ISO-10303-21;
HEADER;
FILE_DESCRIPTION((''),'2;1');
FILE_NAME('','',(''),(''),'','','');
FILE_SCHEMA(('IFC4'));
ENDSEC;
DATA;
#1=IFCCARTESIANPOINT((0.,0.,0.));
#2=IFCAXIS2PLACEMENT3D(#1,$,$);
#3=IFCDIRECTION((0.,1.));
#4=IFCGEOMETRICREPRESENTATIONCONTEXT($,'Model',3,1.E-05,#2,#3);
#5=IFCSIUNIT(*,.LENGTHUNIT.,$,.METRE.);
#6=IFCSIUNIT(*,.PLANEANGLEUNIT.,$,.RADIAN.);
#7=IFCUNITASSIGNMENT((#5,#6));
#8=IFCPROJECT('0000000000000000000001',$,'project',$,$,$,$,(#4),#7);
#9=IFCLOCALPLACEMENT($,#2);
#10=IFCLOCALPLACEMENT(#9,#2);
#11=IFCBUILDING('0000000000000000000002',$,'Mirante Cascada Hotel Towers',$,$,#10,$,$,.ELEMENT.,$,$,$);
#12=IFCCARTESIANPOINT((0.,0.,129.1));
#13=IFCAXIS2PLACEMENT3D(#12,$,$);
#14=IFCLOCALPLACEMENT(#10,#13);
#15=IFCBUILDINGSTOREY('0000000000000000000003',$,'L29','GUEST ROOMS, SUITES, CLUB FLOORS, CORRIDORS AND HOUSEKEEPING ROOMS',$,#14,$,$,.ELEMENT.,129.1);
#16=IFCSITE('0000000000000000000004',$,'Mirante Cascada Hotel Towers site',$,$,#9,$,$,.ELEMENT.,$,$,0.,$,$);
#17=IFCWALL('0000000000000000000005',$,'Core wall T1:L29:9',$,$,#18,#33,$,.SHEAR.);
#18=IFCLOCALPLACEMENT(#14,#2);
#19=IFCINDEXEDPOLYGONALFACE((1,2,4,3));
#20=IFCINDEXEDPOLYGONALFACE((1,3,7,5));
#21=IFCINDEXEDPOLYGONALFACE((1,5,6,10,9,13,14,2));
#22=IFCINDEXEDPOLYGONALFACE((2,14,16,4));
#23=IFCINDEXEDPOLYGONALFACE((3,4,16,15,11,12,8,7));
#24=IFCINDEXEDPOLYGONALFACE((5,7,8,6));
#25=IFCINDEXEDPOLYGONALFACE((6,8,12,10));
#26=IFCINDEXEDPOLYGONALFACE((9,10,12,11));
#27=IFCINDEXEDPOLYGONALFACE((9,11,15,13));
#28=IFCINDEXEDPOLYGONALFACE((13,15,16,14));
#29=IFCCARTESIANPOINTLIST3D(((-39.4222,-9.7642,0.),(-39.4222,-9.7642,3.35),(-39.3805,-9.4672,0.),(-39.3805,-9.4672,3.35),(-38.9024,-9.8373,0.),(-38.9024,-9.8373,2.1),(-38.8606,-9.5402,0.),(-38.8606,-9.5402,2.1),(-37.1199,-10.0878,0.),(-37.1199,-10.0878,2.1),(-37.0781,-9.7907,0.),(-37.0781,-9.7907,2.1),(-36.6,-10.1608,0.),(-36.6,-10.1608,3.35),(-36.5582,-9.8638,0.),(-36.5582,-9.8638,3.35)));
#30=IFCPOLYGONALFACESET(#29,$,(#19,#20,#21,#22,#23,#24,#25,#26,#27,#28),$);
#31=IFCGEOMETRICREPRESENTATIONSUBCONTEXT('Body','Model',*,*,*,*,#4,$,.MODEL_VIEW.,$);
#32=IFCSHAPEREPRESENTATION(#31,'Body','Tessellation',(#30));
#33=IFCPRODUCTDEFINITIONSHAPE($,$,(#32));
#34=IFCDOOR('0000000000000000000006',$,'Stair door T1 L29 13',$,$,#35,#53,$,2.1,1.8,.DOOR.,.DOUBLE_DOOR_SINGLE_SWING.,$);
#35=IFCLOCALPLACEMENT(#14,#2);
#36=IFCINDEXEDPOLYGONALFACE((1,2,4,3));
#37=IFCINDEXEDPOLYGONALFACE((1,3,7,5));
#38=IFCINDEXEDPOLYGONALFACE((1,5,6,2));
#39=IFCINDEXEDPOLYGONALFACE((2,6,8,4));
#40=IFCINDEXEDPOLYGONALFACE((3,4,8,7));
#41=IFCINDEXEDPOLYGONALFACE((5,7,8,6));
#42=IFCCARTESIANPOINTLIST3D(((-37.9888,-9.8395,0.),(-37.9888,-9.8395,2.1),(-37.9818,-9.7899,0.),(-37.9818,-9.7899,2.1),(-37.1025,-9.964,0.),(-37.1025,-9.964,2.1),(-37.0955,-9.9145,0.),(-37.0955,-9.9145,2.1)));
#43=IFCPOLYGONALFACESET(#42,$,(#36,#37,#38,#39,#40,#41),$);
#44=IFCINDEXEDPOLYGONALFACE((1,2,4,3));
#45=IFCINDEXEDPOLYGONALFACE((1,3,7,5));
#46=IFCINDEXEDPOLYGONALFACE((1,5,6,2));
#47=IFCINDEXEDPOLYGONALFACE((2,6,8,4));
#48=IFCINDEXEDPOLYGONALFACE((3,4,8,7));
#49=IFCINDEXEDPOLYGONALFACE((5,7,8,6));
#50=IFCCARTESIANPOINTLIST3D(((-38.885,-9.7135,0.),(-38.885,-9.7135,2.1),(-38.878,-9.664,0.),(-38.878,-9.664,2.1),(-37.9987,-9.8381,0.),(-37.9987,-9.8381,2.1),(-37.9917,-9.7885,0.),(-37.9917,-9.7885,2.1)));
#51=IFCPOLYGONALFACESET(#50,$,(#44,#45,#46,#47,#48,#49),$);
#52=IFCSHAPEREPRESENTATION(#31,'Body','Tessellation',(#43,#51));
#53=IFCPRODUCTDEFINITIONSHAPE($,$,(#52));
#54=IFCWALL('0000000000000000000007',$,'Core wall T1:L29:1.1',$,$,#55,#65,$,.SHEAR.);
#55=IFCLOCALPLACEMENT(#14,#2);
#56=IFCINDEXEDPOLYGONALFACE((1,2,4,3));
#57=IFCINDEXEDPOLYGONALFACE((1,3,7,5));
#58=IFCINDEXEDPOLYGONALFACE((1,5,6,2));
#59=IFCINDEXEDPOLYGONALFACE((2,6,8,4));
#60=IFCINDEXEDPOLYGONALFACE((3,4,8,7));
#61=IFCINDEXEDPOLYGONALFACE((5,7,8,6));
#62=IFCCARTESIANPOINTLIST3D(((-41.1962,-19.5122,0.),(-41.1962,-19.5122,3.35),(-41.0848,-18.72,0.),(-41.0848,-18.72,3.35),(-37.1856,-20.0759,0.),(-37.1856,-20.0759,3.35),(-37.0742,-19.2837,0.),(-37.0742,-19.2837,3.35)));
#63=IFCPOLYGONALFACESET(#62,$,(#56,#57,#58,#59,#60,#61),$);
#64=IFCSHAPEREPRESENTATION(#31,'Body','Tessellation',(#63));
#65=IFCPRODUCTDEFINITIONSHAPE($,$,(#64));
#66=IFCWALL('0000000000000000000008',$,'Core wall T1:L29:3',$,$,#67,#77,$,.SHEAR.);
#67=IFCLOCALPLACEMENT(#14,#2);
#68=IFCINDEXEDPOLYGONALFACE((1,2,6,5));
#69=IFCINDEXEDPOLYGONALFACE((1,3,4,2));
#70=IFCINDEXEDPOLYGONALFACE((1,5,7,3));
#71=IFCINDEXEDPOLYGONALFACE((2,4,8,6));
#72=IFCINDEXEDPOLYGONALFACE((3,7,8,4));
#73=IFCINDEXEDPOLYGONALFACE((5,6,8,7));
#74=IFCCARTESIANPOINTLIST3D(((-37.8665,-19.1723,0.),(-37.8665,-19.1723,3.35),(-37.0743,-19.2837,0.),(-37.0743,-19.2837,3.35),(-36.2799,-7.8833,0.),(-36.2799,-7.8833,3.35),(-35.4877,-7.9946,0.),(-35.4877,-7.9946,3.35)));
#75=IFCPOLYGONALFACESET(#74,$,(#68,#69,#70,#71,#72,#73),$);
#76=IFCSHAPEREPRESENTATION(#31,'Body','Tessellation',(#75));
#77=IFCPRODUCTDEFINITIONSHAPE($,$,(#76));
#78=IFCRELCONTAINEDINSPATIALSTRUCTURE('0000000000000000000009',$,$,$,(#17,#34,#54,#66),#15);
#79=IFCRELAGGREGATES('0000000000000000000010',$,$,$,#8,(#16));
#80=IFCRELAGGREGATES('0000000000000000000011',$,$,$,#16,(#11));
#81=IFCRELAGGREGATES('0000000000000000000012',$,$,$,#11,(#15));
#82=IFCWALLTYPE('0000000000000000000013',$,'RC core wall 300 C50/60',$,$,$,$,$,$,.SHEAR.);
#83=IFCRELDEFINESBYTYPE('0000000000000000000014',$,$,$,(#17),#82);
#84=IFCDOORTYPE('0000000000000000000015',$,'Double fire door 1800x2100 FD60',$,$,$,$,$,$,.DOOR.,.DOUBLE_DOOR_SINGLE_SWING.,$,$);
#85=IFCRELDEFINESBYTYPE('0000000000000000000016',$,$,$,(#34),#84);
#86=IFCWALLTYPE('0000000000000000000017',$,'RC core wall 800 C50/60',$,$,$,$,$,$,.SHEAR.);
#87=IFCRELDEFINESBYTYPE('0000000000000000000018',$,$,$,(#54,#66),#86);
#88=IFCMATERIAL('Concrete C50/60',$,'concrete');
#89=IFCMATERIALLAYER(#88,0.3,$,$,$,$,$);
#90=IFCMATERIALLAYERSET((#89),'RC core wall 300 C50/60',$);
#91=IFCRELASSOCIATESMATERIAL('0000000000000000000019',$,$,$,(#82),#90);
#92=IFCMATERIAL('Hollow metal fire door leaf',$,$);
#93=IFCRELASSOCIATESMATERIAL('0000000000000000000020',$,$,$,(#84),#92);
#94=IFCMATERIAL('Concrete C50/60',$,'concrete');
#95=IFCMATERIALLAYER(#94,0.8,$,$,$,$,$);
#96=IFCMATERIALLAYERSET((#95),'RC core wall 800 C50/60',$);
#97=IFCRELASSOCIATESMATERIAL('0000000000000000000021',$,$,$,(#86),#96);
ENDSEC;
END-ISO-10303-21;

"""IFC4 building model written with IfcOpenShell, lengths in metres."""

from ifc_helpers import new_model, si_unit, direction, frame, frame_2d, origin, place, context, subcontext, project, spatial, rectangle, extrude, material, layer, layer_set, type_object, element, fill, save


model = new_model("IFC4")

# Units and contexts
model_context = context("Model", 3, precision=1e-05, world=origin(), true_north=direction((0.0, 1.0)))
body_context = subcontext(model_context, "Body", "Model", "MODEL_VIEW")
ifc_project = project(units=[si_unit("LENGTHUNIT", "METRE"), si_unit("PLANEANGLEUNIT", "RADIAN")], contexts=[model_context])

# Site, building, storey
site_placement = place(None, origin())
site = spatial("IfcSite", under=ifc_project, at=site_placement, Name="Mirante Cascada Hotel Towers site", CompositionType="ELEMENT", RefElevation=0.0)
building_placement = place(site_placement, origin())
building = spatial("IfcBuilding", under=site, at=building_placement, Name="Mirante Cascada Hotel Towers", CompositionType="ELEMENT")
storey_placement = place(building_placement, frame((0.0, 0.0, 129.1)))
storey = spatial("IfcBuildingStorey", under=building, at=storey_placement, Name="L29", Description="GUEST ROOMS, SUITES, CLUB FLOORS, CORRIDORS AND HOUSEKEEPING ROOMS", CompositionType="ELEMENT", Elevation=129.1)

# Wall, opening, door
ifc_material_1 = material(Name="Concrete C50/60", Category="concrete")
ifc_layer_1 = layer(ifc_material_1, 0.3)
ifc_layer_set_1 = layer_set([ifc_layer_1], Name="RC core wall 300 C50/60")
wall_type_1 = type_object("IfcWallType", Name="RC core wall 300 C50/60", PredefinedType="SHEAR", material=ifc_layer_set_1)
wall_1_placement = place(storey_placement, frame((-36.5791, -10.0123, 0.0), z_axis=(0.0, 0.0, 1.0), x_axis=(-0.99027, 0.139156, 0.0)))
wall_1 = element("IfcWall", 1, at=wall_1_placement, inside=storey, type_object=wall_type_1, Name="Core wall T1:L29:9", PredefinedType="SHEAR", context=body_context, shape_type="SweptSolid", body=[
    extrude(rectangle(XDim=2.85, YDim=0.3, at=frame_2d((1.425, 0.0))), origin(), (0.0, 0.0, 1.0), 3.35),
])
opening_1_placement = place(wall_1_placement, frame((0.525, 0.0, 0.0)))
opening_1 = element("IfcOpeningElement", 2, at=opening_1_placement, cuts=wall_1, PredefinedType="OPENING", context=body_context, shape_type="SweptSolid", body=[
    extrude(rectangle(XDim=1.8, YDim=2.1, at=frame_2d((0.9, 1.05))), frame((0.0, 0.15, 0.0), z_axis=(0.0, -1.0, 0.0), x_axis=(1.0, 0.0, 0.0)), (0.0, 0.0, 1.0), 0.3),
])
ifc_material_2 = material(Name="Hollow metal fire door leaf")
door_type_1 = type_object("IfcDoorType", Name="Double fire door 1800x2100 FD60", OperationType="DOUBLE_DOOR_SINGLE_SWING", PredefinedType="DOOR", material=ifc_material_2)
door_1_placement = place(opening_1_placement, origin())
door_1 = element("IfcDoor", 3, at=door_1_placement, inside=storey, type_object=door_type_1, Name="Stair door T1 L29 13", OperationType="DOUBLE_DOOR_SINGLE_SWING", OverallHeight=2.1, OverallWidth=1.8, PredefinedType="DOOR", context=body_context, shape_type="SweptSolid", body=[
    extrude(rectangle(XDim=0.895, YDim=2.1, at=frame_2d((0.4475, 1.05))), frame((0.0, 0.025, 0.0), z_axis=(0.0, -1.0, 0.0), x_axis=(1.0, 0.0, 0.0)), (0.0, 0.0, 1.0), 0.05),
    extrude(rectangle(XDim=0.895, YDim=2.1, at=frame_2d((1.3525, 1.05))), frame((0.0, 0.025, 0.0), z_axis=(0.0, -1.0, 0.0), x_axis=(1.0, 0.0, 0.0)), (0.0, 0.0, 1.0), 0.05),
])
fill(opening_1, door_1)

# Wall
ifc_material_3 = material(Name="Concrete C50/60", Category="concrete")
ifc_layer_2 = layer(ifc_material_3, 0.8)
ifc_layer_set_2 = layer_set([ifc_layer_2], Name="RC core wall 800 C50/60")
wall_type_2 = type_object("IfcWallType", Name="RC core wall 800 C50/60", PredefinedType="SHEAR", material=ifc_layer_set_2)
wall_2_placement = place(storey_placement, frame((-37.1299, -19.6798, 0.0), z_axis=(0.0, 0.0, 1.0), x_axis=(-0.990267, 0.139184, 0.0)))
element("IfcWall", 4, at=wall_2_placement, inside=storey, type_object=wall_type_2, Name="Core wall T1:L29:1.1", PredefinedType="SHEAR", context=body_context, shape_type="SweptSolid", body=[
    extrude(rectangle(XDim=4.05, YDim=0.8, at=frame_2d((2.025, 0.0))), origin(), (0.0, 0.0, 1.0), 3.35),
])

# Wall
wall_3_placement = place(storey_placement, frame((-37.4704, -19.228, 0.0), z_axis=(0.0, 0.0, 1.0), x_axis=(0.139175, 0.990268, 0.0)))
element("IfcWall", 5, at=wall_3_placement, inside=storey, type_object=wall_type_2, Name="Core wall T1:L29:3", PredefinedType="SHEAR", context=body_context, shape_type="SweptSolid", body=[
    extrude(rectangle(XDim=11.4, YDim=0.8, at=frame_2d((5.7, 0.0))), origin(), (0.0, 0.0, 1.0), 3.35),
])

save(model, "model.ifc")
